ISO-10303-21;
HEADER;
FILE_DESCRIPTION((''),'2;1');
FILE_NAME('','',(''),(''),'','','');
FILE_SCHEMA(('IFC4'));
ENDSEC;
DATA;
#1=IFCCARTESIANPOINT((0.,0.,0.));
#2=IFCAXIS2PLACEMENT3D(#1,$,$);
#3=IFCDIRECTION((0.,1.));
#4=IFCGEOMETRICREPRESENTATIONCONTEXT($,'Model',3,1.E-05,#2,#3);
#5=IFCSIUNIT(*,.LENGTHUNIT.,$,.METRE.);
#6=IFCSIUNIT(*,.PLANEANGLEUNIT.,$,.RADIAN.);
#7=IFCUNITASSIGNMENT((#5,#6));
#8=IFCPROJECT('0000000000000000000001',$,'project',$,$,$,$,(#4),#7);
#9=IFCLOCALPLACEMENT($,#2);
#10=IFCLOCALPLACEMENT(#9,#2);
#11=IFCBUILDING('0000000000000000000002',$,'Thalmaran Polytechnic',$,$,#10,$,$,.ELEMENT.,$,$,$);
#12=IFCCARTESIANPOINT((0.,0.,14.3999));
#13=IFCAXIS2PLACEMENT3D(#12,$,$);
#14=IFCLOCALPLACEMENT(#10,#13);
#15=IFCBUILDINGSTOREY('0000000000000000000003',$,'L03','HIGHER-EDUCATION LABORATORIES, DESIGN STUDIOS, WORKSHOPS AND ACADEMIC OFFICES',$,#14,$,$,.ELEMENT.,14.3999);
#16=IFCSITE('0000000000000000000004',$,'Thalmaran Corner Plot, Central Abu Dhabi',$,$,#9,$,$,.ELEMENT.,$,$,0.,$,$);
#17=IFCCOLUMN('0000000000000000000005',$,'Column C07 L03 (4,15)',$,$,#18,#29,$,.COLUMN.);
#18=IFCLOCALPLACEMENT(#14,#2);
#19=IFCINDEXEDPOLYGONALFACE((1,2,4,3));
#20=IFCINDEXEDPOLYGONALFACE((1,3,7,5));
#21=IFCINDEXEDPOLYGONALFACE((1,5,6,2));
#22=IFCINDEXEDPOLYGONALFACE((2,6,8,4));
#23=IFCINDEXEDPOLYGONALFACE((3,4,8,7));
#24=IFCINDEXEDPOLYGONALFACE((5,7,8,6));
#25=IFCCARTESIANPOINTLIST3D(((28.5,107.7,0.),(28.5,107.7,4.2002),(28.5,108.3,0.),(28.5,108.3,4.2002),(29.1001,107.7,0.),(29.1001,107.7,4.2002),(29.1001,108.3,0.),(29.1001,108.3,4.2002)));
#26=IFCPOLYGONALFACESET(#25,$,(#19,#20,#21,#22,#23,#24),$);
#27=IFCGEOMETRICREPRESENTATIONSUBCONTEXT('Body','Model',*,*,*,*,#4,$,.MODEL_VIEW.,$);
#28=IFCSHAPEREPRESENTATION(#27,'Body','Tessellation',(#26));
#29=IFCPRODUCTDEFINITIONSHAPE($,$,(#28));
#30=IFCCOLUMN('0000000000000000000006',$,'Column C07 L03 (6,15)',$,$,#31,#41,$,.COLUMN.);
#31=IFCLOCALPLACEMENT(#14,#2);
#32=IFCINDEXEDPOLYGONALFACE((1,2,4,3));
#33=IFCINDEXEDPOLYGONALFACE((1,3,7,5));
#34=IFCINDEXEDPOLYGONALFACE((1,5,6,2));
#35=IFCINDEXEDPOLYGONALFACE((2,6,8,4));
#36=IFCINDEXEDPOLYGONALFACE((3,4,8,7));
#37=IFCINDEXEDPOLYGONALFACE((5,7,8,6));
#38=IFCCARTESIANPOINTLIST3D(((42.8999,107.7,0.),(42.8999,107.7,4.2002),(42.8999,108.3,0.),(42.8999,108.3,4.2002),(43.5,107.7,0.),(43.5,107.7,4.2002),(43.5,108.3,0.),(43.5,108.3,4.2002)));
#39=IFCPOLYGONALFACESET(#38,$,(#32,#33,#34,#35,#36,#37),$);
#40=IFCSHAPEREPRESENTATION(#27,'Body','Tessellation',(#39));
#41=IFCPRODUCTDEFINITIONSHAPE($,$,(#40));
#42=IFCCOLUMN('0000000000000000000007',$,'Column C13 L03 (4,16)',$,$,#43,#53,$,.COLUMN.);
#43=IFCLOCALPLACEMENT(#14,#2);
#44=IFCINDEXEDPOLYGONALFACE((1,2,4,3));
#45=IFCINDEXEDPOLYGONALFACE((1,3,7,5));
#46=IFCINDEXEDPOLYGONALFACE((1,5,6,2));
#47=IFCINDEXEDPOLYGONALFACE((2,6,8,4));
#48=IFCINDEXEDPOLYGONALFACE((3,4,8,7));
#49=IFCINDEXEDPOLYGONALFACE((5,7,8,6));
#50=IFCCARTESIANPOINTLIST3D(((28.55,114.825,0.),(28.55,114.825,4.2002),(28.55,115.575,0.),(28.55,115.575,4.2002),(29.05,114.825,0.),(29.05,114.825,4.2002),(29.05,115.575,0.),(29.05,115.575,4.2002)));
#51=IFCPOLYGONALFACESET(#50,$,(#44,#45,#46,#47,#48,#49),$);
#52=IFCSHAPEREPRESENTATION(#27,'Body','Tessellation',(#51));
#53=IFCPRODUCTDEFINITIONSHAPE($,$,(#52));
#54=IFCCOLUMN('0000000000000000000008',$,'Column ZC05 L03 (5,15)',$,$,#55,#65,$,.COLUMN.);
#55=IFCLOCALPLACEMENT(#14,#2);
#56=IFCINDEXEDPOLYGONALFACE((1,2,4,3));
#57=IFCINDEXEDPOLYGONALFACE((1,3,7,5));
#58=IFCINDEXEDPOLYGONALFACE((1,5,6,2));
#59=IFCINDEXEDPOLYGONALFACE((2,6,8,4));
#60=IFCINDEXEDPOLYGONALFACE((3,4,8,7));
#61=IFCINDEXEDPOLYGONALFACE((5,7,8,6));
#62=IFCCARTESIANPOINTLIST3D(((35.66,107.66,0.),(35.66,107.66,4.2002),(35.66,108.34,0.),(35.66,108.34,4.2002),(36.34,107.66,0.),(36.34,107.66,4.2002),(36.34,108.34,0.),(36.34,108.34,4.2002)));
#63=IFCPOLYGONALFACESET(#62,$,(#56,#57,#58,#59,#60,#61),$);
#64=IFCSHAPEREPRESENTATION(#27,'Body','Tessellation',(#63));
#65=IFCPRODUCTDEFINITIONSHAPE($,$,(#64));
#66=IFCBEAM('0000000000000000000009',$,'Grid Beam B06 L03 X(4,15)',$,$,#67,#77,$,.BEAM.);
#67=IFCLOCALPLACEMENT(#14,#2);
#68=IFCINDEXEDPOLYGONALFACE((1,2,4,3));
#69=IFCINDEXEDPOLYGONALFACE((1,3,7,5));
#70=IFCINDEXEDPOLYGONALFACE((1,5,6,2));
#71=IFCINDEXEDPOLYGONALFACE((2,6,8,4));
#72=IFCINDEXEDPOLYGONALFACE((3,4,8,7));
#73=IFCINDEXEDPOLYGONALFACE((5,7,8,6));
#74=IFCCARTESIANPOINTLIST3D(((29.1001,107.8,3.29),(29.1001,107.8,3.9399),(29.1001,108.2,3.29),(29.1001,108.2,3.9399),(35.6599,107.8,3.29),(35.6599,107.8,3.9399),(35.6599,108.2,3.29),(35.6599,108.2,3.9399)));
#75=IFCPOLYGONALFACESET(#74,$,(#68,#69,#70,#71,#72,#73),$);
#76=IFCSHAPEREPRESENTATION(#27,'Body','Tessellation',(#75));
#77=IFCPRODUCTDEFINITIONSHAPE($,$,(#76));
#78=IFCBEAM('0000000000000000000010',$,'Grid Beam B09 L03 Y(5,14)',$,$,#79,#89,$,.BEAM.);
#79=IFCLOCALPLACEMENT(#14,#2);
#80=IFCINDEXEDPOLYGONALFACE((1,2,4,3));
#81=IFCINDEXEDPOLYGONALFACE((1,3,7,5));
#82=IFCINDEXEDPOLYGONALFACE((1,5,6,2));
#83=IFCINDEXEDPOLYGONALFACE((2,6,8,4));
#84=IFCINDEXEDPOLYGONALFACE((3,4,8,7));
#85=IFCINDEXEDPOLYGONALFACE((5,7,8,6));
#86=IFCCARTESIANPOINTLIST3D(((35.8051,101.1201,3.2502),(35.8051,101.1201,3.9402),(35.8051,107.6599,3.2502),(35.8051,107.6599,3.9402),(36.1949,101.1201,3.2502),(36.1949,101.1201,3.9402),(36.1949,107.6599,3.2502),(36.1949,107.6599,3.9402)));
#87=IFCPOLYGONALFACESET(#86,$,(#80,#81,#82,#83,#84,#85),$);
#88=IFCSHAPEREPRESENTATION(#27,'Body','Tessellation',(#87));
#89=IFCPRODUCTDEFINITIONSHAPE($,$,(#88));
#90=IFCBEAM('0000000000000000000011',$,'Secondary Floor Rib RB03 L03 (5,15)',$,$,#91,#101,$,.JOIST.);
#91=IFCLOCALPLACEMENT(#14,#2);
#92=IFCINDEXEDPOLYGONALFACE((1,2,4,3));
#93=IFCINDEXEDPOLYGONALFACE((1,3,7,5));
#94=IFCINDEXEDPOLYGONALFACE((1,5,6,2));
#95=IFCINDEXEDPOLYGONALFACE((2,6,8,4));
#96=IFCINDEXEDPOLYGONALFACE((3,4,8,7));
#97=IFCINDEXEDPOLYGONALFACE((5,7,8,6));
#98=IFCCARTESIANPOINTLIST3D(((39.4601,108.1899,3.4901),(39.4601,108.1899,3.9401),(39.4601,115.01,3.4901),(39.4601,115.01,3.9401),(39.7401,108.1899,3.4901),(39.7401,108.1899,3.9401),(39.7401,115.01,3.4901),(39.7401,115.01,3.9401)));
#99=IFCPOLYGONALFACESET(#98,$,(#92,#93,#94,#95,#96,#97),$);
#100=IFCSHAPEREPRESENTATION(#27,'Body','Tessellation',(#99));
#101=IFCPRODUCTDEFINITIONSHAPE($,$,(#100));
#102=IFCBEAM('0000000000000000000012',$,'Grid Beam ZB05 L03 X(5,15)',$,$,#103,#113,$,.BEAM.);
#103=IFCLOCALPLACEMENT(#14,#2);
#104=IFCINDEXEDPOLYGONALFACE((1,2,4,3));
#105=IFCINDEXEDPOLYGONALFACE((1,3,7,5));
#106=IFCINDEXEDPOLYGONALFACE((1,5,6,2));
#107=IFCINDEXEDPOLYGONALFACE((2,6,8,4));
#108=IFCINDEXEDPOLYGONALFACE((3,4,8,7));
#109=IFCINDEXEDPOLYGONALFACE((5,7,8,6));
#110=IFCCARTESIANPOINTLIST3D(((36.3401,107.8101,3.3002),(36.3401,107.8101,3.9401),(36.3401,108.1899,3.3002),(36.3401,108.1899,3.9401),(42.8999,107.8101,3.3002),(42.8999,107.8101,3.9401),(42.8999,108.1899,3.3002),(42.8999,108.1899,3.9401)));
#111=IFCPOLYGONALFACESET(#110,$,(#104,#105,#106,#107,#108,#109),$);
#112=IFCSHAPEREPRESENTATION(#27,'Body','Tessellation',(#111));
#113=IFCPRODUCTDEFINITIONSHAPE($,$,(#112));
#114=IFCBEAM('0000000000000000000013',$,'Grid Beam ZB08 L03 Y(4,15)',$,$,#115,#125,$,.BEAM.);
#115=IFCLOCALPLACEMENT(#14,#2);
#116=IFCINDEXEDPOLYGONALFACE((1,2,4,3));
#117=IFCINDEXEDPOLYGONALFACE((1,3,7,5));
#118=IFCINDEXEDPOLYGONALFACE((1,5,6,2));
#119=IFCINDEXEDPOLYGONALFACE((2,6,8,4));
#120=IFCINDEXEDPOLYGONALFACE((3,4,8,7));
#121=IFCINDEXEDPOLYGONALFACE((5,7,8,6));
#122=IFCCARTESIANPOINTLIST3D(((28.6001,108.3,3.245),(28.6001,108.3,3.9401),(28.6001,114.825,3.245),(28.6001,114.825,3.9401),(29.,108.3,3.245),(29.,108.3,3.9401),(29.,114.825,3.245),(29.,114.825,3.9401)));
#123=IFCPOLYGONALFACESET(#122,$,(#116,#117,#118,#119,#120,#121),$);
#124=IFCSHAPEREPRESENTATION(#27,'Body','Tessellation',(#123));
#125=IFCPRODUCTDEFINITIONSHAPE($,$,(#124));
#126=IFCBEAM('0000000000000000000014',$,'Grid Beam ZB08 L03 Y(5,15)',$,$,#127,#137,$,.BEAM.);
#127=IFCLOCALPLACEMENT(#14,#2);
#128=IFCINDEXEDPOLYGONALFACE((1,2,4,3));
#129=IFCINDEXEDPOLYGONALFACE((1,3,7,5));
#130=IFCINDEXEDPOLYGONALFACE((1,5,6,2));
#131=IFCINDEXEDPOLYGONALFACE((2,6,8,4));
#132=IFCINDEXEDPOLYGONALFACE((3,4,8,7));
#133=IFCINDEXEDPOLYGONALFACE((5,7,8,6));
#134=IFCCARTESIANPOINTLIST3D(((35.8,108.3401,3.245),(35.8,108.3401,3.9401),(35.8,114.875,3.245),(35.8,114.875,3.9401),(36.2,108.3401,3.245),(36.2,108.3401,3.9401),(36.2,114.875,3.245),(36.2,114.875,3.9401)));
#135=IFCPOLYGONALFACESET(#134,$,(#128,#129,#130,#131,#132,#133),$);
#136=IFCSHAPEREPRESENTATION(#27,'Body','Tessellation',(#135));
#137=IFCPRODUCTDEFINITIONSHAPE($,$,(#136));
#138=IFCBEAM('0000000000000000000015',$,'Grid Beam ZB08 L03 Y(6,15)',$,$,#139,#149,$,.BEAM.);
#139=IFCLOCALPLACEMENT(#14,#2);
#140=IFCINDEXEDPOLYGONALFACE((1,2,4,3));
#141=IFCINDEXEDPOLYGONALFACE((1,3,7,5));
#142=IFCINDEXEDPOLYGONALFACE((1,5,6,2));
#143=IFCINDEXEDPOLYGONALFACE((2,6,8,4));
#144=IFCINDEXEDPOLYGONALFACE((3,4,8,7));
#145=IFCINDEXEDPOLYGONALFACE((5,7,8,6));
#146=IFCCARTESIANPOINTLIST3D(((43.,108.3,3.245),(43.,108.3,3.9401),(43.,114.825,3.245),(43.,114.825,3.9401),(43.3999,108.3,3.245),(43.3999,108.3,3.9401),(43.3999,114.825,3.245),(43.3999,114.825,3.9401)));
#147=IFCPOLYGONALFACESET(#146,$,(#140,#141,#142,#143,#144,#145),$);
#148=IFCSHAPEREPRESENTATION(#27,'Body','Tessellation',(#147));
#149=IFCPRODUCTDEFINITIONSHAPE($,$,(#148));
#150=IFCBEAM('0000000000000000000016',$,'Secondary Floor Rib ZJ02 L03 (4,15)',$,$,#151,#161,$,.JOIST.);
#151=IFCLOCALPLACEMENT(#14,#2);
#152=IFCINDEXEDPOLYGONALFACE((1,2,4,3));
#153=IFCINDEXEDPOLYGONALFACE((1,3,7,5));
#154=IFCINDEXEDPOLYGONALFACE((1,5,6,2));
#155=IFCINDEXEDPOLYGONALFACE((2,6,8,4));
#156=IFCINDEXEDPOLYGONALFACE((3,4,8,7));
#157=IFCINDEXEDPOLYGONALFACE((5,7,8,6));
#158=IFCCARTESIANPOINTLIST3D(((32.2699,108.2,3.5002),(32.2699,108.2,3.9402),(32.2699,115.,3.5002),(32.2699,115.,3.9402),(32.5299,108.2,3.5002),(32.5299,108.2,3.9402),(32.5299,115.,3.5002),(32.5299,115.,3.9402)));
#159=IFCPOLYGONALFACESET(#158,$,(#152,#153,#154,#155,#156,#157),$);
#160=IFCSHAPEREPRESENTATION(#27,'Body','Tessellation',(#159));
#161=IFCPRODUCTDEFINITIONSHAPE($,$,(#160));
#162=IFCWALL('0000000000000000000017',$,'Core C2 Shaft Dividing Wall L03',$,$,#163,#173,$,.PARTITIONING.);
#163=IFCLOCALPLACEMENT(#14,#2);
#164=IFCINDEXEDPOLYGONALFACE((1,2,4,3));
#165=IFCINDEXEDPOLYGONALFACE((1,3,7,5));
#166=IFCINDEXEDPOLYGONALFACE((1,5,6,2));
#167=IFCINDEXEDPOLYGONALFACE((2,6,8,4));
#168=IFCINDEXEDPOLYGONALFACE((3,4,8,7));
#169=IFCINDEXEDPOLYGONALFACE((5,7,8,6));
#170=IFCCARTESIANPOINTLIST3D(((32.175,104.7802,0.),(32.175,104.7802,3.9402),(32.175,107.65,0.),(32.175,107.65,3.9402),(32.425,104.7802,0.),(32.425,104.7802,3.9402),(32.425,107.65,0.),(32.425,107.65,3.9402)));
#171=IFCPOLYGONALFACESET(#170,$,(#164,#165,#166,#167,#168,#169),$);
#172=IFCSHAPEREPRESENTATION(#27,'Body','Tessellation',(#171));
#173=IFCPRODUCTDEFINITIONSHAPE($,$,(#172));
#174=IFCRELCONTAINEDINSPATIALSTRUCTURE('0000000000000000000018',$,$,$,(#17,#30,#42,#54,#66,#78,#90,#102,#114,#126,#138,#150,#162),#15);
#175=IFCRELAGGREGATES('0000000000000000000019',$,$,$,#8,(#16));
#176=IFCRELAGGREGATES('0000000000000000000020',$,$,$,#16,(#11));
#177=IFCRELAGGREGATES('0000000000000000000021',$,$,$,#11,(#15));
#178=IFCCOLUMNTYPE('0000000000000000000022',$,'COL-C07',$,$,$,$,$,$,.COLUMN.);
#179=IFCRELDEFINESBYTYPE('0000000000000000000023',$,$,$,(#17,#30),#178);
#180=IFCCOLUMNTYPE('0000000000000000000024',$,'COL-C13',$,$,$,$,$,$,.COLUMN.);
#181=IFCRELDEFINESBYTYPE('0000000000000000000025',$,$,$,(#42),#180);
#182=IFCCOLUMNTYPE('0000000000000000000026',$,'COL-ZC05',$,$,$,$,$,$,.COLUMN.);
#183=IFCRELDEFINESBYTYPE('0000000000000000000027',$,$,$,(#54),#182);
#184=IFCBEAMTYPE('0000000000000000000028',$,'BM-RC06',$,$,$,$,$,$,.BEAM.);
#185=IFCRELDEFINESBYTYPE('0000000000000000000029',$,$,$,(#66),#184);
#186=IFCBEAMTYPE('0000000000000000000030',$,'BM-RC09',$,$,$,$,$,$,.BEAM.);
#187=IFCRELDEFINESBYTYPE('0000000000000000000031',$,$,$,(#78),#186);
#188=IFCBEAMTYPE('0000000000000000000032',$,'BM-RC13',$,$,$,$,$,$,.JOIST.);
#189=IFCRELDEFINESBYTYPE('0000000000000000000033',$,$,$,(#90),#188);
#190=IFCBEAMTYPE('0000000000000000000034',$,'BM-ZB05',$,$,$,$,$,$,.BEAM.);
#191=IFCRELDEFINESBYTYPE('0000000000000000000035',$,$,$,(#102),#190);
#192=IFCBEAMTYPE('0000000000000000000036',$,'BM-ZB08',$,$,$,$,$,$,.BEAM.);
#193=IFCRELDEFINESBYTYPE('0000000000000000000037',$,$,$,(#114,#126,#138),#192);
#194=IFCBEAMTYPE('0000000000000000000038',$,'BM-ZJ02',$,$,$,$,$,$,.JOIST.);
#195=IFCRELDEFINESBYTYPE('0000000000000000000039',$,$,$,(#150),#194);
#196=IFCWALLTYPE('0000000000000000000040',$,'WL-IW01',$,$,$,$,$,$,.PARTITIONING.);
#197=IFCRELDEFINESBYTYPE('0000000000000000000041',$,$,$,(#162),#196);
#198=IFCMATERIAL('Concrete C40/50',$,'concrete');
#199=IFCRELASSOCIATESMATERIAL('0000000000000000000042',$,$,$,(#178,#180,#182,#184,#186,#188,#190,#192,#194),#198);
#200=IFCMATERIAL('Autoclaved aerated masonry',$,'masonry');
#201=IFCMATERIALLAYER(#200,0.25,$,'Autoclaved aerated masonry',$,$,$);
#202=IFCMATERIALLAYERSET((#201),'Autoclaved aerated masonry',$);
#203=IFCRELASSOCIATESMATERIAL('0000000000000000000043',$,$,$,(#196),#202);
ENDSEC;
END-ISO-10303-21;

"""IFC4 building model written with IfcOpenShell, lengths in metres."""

from ifc_helpers import new_model, si_unit, direction, frame, frame_2d, origin, origin_2d, place, context, subcontext, project, spatial, rectangle, extrude, material, layer, layer_set, material_profile, profile_set, type_object, element, save


model = new_model("IFC4")

# Units and contexts
model_context = context("Model", 3, precision=1e-05, world=origin(), true_north=direction((0.0, 1.0)))
body_context = subcontext(model_context, "Body", "Model", "MODEL_VIEW")
ifc_project = project(units=[si_unit("LENGTHUNIT", "METRE"), si_unit("PLANEANGLEUNIT", "RADIAN")], contexts=[model_context])

# Site, building, storey
site_placement = place(None, origin())
site = spatial("IfcSite", under=ifc_project, at=site_placement, Name="Thalmaran Corner Plot, Central Abu Dhabi", CompositionType="ELEMENT", RefElevation=0.0)
building_placement = place(site_placement, origin())
building = spatial("IfcBuilding", under=site, at=building_placement, Name="Thalmaran Polytechnic", CompositionType="ELEMENT")
storey_placement = place(building_placement, frame((0.0, 0.0, 14.3999)))
storey = spatial("IfcBuildingStorey", under=building, at=storey_placement, Name="L03", Description="HIGHER-EDUCATION LABORATORIES, DESIGN STUDIOS, WORKSHOPS AND ACADEMIC OFFICES", CompositionType="ELEMENT", Elevation=14.3999)

# Columns
ifc_material_1 = material(Name="Concrete C40/50", Category="concrete")
ifc_material_profile_1 = material_profile(ifc_material_1, rectangle(XDim=0.6001, YDim=0.6001, at=origin_2d()), Name="RC 600x600")
ifc_profile_set_1 = profile_set([ifc_material_profile_1], Name="Concrete C40/50")
column_type_1 = type_object("IfcColumnType", Name="COL-C07", PredefinedType="COLUMN", material=ifc_profile_set_1)
for number, where, z_axis, x_axis, name in (
    (1, (28.8, 108.0, 0.0), (0.0, 0.0, 1.0), (1.0, 0.0, 0.0), "Column C07 L03 (4,15)"),
    (2, (43.2, 108.0, 0.0), (0.0, 0.0, 1.0), (1.0, 0.0, 0.0), "Column C07 L03 (6,15)"),
):
    element("IfcColumn", number, at=place(storey_placement, frame(where, z_axis=z_axis, x_axis=x_axis)), inside=storey, type_object=column_type_1, Name=name, PredefinedType="COLUMN", context=body_context, shape_type="SweptSolid", body=[
        extrude(rectangle(XDim=0.6001, YDim=0.6001, at=origin_2d()), origin(), (0.0, 0.0, 1.0), 4.2002),
    ])
ifc_material_profile_2 = material_profile(ifc_material_1, rectangle(XDim=0.5, YDim=0.75, at=origin_2d()), Name="RC 500x750")
ifc_profile_set_2 = profile_set([ifc_material_profile_2], Name="Concrete C40/50")
column_type_2 = type_object("IfcColumnType", Name="COL-C13", PredefinedType="COLUMN", material=ifc_profile_set_2)
column_1_placement = place(storey_placement, frame((28.8, 115.2, 0.0), z_axis=(0.0, 0.0, 1.0), x_axis=(1.0, 0.0, 0.0)))
element("IfcColumn", 3, at=column_1_placement, inside=storey, type_object=column_type_2, Name="Column C13 L03 (4,16)", PredefinedType="COLUMN", context=body_context, shape_type="SweptSolid", body=[
    extrude(rectangle(XDim=0.5, YDim=0.75, at=origin_2d()), origin(), (0.0, 0.0, 1.0), 4.2002),
])
ifc_material_profile_3 = material_profile(ifc_material_1, rectangle(XDim=0.6799, YDim=0.6799, at=origin_2d()), Name="RC 680x680")
ifc_profile_set_3 = profile_set([ifc_material_profile_3], Name="Concrete C40/50")
column_type_3 = type_object("IfcColumnType", Name="COL-ZC05", PredefinedType="COLUMN", material=ifc_profile_set_3)
column_2_placement = place(storey_placement, frame((36.0, 108.0, 0.0), z_axis=(0.0, 0.0, 1.0), x_axis=(1.0, 0.0, 0.0)))
element("IfcColumn", 4, at=column_2_placement, inside=storey, type_object=column_type_3, Name="Column ZC05 L03 (5,15)", PredefinedType="COLUMN", context=body_context, shape_type="SweptSolid", body=[
    extrude(rectangle(XDim=0.6799, YDim=0.6799, at=origin_2d()), origin(), (0.0, 0.0, 1.0), 4.2002),
])

# Beams
ifc_material_profile_4 = material_profile(ifc_material_1, rectangle(XDim=0.3999, YDim=0.6499, at=origin_2d()), Name="RC 400x650")
ifc_profile_set_4 = profile_set([ifc_material_profile_4], Name="Concrete C40/50")
beam_type_1 = type_object("IfcBeamType", Name="BM-RC06", PredefinedType="BEAM", material=ifc_profile_set_4)
beam_1_placement = place(storey_placement, frame((29.1001, 108.0, 3.615), z_axis=(1.0, 0.0, 0.0), x_axis=(0.0, 1.0, 0.0)))
element("IfcBeam", 5, at=beam_1_placement, inside=storey, type_object=beam_type_1, Name="Grid Beam B06 L03 X(4,15)", PredefinedType="BEAM", context=body_context, shape_type="SweptSolid", body=[
    extrude(rectangle(XDim=0.3999, YDim=0.6499, at=origin_2d()), origin(), (0.0, 0.0, 1.0), 6.5598),
])
ifc_material_profile_5 = material_profile(ifc_material_1, rectangle(XDim=0.3899, YDim=0.6899, at=origin_2d()), Name="RC 390x690")
ifc_profile_set_5 = profile_set([ifc_material_profile_5], Name="Concrete C40/50")
beam_type_2 = type_object("IfcBeamType", Name="BM-RC09", PredefinedType="BEAM", material=ifc_profile_set_5)
beam_2_placement = place(storey_placement, frame((36.0, 101.1201, 3.5952), z_axis=(0.0, 1.0, 0.0), x_axis=(-1.0, 0.0, 0.0)))
element("IfcBeam", 6, at=beam_2_placement, inside=storey, type_object=beam_type_2, Name="Grid Beam B09 L03 Y(5,14)", PredefinedType="BEAM", context=body_context, shape_type="SweptSolid", body=[
    extrude(rectangle(XDim=0.3899, YDim=0.6899, at=origin_2d()), origin(), (0.0, 0.0, 1.0), 6.5398),
])
ifc_material_profile_6 = material_profile(ifc_material_1, rectangle(XDim=0.28, YDim=0.45, at=origin_2d()), Name="RC 280x450")
ifc_profile_set_6 = profile_set([ifc_material_profile_6], Name="Concrete C40/50")
beam_type_3 = type_object("IfcBeamType", Name="BM-RC13", PredefinedType="JOIST", material=ifc_profile_set_6)
beam_3_placement = place(storey_placement, frame((39.6001, 108.1899, 3.7151), z_axis=(0.0, 1.0, 0.0), x_axis=(-1.0, 0.0, 0.0)))
element("IfcBeam", 7, at=beam_3_placement, inside=storey, type_object=beam_type_3, Name="Secondary Floor Rib RB03 L03 (5,15)", PredefinedType="JOIST", context=body_context, shape_type="SweptSolid", body=[
    extrude(rectangle(XDim=0.28, YDim=0.45, at=origin_2d()), origin(), (0.0, 0.0, 1.0), 6.8201),
])
ifc_material_profile_7 = material_profile(ifc_material_1, rectangle(XDim=0.3799, YDim=0.6399, at=origin_2d()), Name="RC 380x640")
ifc_profile_set_7 = profile_set([ifc_material_profile_7], Name="Concrete C40/50")
beam_type_4 = type_object("IfcBeamType", Name="BM-ZB05", PredefinedType="BEAM", material=ifc_profile_set_7)
beam_4_placement = place(storey_placement, frame((36.3401, 108.0, 3.6201), z_axis=(1.0, 0.0, 0.0), x_axis=(0.0, 1.0, 0.0)))
element("IfcBeam", 8, at=beam_4_placement, inside=storey, type_object=beam_type_4, Name="Grid Beam ZB05 L03 X(5,15)", PredefinedType="BEAM", context=body_context, shape_type="SweptSolid", body=[
    extrude(rectangle(XDim=0.3799, YDim=0.6399, at=origin_2d()), origin(), (0.0, 0.0, 1.0), 6.5598),
])
ifc_material_profile_8 = material_profile(ifc_material_1, rectangle(XDim=0.3999, YDim=0.6951, at=origin_2d()), Name="RC 400x695")
ifc_profile_set_8 = profile_set([ifc_material_profile_8], Name="Concrete C40/50")
beam_type_5 = type_object("IfcBeamType", Name="BM-ZB08", PredefinedType="BEAM", material=ifc_profile_set_8)
beam_5_placement = place(storey_placement, frame((28.8, 108.3, 3.5925), z_axis=(0.0, 1.0, 0.0), x_axis=(-1.0, 0.0, 0.0)))
element("IfcBeam", 9, at=beam_5_placement, inside=storey, type_object=beam_type_5, Name="Grid Beam ZB08 L03 Y(4,15)", PredefinedType="BEAM", context=body_context, shape_type="SweptSolid", body=[
    extrude(rectangle(XDim=0.3999, YDim=0.6951, at=origin_2d()), origin(), (0.0, 0.0, 1.0), 6.5249),
])
beam_6_placement = place(storey_placement, frame((36.0, 108.3401, 3.5925), z_axis=(0.0, 1.0, 0.0), x_axis=(-1.0, 0.0, 0.0)))
element("IfcBeam", 10, at=beam_6_placement, inside=storey, type_object=beam_type_5, Name="Grid Beam ZB08 L03 Y(5,15)", PredefinedType="BEAM", context=body_context, shape_type="SweptSolid", body=[
    extrude(rectangle(XDim=0.3999, YDim=0.6951, at=origin_2d()), origin(), (0.0, 0.0, 1.0), 6.5349),
])
beam_7_placement = place(storey_placement, frame((43.2, 108.3, 3.5925), z_axis=(0.0, 1.0, 0.0), x_axis=(-1.0, 0.0, 0.0)))
element("IfcBeam", 11, at=beam_7_placement, inside=storey, type_object=beam_type_5, Name="Grid Beam ZB08 L03 Y(6,15)", PredefinedType="BEAM", context=body_context, shape_type="SweptSolid", body=[
    extrude(rectangle(XDim=0.3999, YDim=0.6951, at=origin_2d()), origin(), (0.0, 0.0, 1.0), 6.5249),
])
ifc_material_profile_9 = material_profile(ifc_material_1, rectangle(XDim=0.26, YDim=0.4399, at=origin_2d()), Name="RC 260x440")
ifc_profile_set_9 = profile_set([ifc_material_profile_9], Name="Concrete C40/50")
beam_type_6 = type_object("IfcBeamType", Name="BM-ZJ02", PredefinedType="JOIST", material=ifc_profile_set_9)
beam_8_placement = place(storey_placement, frame((32.3999, 108.2, 3.7202), z_axis=(0.0, 1.0, 0.0), x_axis=(-1.0, 0.0, 0.0)))
element("IfcBeam", 12, at=beam_8_placement, inside=storey, type_object=beam_type_6, Name="Secondary Floor Rib ZJ02 L03 (4,15)", PredefinedType="JOIST", context=body_context, shape_type="SweptSolid", body=[
    extrude(rectangle(XDim=0.26, YDim=0.4399, at=origin_2d()), origin(), (0.0, 0.0, 1.0), 6.8),
])

# Wall
ifc_material_2 = material(Name="Autoclaved aerated masonry", Category="masonry")
ifc_layer_1 = layer(ifc_material_2, 0.25, Name="Autoclaved aerated masonry")
ifc_layer_set_1 = layer_set([ifc_layer_1], Name="Autoclaved aerated masonry")
wall_type_1 = type_object("IfcWallType", Name="WL-IW01", PredefinedType="PARTITIONING", material=ifc_layer_set_1)
wall_1_placement = place(storey_placement, frame((32.3, 104.78, 0.0), z_axis=(0.0, 0.0, 1.0), x_axis=(0.0, 1.0, 0.0)))
element("IfcWall", 13, at=wall_1_placement, inside=storey, type_object=wall_type_1, Name="Core C2 Shaft Dividing Wall L03", PredefinedType="PARTITIONING", context=body_context, shape_type="SweptSolid", body=[
    extrude(rectangle(XDim=2.8699, YDim=0.25, at=frame_2d((1.4351, 0.0))), origin(), (0.0, 0.0, 1.0), 3.9402),
])

save(model, "model.ifc")
